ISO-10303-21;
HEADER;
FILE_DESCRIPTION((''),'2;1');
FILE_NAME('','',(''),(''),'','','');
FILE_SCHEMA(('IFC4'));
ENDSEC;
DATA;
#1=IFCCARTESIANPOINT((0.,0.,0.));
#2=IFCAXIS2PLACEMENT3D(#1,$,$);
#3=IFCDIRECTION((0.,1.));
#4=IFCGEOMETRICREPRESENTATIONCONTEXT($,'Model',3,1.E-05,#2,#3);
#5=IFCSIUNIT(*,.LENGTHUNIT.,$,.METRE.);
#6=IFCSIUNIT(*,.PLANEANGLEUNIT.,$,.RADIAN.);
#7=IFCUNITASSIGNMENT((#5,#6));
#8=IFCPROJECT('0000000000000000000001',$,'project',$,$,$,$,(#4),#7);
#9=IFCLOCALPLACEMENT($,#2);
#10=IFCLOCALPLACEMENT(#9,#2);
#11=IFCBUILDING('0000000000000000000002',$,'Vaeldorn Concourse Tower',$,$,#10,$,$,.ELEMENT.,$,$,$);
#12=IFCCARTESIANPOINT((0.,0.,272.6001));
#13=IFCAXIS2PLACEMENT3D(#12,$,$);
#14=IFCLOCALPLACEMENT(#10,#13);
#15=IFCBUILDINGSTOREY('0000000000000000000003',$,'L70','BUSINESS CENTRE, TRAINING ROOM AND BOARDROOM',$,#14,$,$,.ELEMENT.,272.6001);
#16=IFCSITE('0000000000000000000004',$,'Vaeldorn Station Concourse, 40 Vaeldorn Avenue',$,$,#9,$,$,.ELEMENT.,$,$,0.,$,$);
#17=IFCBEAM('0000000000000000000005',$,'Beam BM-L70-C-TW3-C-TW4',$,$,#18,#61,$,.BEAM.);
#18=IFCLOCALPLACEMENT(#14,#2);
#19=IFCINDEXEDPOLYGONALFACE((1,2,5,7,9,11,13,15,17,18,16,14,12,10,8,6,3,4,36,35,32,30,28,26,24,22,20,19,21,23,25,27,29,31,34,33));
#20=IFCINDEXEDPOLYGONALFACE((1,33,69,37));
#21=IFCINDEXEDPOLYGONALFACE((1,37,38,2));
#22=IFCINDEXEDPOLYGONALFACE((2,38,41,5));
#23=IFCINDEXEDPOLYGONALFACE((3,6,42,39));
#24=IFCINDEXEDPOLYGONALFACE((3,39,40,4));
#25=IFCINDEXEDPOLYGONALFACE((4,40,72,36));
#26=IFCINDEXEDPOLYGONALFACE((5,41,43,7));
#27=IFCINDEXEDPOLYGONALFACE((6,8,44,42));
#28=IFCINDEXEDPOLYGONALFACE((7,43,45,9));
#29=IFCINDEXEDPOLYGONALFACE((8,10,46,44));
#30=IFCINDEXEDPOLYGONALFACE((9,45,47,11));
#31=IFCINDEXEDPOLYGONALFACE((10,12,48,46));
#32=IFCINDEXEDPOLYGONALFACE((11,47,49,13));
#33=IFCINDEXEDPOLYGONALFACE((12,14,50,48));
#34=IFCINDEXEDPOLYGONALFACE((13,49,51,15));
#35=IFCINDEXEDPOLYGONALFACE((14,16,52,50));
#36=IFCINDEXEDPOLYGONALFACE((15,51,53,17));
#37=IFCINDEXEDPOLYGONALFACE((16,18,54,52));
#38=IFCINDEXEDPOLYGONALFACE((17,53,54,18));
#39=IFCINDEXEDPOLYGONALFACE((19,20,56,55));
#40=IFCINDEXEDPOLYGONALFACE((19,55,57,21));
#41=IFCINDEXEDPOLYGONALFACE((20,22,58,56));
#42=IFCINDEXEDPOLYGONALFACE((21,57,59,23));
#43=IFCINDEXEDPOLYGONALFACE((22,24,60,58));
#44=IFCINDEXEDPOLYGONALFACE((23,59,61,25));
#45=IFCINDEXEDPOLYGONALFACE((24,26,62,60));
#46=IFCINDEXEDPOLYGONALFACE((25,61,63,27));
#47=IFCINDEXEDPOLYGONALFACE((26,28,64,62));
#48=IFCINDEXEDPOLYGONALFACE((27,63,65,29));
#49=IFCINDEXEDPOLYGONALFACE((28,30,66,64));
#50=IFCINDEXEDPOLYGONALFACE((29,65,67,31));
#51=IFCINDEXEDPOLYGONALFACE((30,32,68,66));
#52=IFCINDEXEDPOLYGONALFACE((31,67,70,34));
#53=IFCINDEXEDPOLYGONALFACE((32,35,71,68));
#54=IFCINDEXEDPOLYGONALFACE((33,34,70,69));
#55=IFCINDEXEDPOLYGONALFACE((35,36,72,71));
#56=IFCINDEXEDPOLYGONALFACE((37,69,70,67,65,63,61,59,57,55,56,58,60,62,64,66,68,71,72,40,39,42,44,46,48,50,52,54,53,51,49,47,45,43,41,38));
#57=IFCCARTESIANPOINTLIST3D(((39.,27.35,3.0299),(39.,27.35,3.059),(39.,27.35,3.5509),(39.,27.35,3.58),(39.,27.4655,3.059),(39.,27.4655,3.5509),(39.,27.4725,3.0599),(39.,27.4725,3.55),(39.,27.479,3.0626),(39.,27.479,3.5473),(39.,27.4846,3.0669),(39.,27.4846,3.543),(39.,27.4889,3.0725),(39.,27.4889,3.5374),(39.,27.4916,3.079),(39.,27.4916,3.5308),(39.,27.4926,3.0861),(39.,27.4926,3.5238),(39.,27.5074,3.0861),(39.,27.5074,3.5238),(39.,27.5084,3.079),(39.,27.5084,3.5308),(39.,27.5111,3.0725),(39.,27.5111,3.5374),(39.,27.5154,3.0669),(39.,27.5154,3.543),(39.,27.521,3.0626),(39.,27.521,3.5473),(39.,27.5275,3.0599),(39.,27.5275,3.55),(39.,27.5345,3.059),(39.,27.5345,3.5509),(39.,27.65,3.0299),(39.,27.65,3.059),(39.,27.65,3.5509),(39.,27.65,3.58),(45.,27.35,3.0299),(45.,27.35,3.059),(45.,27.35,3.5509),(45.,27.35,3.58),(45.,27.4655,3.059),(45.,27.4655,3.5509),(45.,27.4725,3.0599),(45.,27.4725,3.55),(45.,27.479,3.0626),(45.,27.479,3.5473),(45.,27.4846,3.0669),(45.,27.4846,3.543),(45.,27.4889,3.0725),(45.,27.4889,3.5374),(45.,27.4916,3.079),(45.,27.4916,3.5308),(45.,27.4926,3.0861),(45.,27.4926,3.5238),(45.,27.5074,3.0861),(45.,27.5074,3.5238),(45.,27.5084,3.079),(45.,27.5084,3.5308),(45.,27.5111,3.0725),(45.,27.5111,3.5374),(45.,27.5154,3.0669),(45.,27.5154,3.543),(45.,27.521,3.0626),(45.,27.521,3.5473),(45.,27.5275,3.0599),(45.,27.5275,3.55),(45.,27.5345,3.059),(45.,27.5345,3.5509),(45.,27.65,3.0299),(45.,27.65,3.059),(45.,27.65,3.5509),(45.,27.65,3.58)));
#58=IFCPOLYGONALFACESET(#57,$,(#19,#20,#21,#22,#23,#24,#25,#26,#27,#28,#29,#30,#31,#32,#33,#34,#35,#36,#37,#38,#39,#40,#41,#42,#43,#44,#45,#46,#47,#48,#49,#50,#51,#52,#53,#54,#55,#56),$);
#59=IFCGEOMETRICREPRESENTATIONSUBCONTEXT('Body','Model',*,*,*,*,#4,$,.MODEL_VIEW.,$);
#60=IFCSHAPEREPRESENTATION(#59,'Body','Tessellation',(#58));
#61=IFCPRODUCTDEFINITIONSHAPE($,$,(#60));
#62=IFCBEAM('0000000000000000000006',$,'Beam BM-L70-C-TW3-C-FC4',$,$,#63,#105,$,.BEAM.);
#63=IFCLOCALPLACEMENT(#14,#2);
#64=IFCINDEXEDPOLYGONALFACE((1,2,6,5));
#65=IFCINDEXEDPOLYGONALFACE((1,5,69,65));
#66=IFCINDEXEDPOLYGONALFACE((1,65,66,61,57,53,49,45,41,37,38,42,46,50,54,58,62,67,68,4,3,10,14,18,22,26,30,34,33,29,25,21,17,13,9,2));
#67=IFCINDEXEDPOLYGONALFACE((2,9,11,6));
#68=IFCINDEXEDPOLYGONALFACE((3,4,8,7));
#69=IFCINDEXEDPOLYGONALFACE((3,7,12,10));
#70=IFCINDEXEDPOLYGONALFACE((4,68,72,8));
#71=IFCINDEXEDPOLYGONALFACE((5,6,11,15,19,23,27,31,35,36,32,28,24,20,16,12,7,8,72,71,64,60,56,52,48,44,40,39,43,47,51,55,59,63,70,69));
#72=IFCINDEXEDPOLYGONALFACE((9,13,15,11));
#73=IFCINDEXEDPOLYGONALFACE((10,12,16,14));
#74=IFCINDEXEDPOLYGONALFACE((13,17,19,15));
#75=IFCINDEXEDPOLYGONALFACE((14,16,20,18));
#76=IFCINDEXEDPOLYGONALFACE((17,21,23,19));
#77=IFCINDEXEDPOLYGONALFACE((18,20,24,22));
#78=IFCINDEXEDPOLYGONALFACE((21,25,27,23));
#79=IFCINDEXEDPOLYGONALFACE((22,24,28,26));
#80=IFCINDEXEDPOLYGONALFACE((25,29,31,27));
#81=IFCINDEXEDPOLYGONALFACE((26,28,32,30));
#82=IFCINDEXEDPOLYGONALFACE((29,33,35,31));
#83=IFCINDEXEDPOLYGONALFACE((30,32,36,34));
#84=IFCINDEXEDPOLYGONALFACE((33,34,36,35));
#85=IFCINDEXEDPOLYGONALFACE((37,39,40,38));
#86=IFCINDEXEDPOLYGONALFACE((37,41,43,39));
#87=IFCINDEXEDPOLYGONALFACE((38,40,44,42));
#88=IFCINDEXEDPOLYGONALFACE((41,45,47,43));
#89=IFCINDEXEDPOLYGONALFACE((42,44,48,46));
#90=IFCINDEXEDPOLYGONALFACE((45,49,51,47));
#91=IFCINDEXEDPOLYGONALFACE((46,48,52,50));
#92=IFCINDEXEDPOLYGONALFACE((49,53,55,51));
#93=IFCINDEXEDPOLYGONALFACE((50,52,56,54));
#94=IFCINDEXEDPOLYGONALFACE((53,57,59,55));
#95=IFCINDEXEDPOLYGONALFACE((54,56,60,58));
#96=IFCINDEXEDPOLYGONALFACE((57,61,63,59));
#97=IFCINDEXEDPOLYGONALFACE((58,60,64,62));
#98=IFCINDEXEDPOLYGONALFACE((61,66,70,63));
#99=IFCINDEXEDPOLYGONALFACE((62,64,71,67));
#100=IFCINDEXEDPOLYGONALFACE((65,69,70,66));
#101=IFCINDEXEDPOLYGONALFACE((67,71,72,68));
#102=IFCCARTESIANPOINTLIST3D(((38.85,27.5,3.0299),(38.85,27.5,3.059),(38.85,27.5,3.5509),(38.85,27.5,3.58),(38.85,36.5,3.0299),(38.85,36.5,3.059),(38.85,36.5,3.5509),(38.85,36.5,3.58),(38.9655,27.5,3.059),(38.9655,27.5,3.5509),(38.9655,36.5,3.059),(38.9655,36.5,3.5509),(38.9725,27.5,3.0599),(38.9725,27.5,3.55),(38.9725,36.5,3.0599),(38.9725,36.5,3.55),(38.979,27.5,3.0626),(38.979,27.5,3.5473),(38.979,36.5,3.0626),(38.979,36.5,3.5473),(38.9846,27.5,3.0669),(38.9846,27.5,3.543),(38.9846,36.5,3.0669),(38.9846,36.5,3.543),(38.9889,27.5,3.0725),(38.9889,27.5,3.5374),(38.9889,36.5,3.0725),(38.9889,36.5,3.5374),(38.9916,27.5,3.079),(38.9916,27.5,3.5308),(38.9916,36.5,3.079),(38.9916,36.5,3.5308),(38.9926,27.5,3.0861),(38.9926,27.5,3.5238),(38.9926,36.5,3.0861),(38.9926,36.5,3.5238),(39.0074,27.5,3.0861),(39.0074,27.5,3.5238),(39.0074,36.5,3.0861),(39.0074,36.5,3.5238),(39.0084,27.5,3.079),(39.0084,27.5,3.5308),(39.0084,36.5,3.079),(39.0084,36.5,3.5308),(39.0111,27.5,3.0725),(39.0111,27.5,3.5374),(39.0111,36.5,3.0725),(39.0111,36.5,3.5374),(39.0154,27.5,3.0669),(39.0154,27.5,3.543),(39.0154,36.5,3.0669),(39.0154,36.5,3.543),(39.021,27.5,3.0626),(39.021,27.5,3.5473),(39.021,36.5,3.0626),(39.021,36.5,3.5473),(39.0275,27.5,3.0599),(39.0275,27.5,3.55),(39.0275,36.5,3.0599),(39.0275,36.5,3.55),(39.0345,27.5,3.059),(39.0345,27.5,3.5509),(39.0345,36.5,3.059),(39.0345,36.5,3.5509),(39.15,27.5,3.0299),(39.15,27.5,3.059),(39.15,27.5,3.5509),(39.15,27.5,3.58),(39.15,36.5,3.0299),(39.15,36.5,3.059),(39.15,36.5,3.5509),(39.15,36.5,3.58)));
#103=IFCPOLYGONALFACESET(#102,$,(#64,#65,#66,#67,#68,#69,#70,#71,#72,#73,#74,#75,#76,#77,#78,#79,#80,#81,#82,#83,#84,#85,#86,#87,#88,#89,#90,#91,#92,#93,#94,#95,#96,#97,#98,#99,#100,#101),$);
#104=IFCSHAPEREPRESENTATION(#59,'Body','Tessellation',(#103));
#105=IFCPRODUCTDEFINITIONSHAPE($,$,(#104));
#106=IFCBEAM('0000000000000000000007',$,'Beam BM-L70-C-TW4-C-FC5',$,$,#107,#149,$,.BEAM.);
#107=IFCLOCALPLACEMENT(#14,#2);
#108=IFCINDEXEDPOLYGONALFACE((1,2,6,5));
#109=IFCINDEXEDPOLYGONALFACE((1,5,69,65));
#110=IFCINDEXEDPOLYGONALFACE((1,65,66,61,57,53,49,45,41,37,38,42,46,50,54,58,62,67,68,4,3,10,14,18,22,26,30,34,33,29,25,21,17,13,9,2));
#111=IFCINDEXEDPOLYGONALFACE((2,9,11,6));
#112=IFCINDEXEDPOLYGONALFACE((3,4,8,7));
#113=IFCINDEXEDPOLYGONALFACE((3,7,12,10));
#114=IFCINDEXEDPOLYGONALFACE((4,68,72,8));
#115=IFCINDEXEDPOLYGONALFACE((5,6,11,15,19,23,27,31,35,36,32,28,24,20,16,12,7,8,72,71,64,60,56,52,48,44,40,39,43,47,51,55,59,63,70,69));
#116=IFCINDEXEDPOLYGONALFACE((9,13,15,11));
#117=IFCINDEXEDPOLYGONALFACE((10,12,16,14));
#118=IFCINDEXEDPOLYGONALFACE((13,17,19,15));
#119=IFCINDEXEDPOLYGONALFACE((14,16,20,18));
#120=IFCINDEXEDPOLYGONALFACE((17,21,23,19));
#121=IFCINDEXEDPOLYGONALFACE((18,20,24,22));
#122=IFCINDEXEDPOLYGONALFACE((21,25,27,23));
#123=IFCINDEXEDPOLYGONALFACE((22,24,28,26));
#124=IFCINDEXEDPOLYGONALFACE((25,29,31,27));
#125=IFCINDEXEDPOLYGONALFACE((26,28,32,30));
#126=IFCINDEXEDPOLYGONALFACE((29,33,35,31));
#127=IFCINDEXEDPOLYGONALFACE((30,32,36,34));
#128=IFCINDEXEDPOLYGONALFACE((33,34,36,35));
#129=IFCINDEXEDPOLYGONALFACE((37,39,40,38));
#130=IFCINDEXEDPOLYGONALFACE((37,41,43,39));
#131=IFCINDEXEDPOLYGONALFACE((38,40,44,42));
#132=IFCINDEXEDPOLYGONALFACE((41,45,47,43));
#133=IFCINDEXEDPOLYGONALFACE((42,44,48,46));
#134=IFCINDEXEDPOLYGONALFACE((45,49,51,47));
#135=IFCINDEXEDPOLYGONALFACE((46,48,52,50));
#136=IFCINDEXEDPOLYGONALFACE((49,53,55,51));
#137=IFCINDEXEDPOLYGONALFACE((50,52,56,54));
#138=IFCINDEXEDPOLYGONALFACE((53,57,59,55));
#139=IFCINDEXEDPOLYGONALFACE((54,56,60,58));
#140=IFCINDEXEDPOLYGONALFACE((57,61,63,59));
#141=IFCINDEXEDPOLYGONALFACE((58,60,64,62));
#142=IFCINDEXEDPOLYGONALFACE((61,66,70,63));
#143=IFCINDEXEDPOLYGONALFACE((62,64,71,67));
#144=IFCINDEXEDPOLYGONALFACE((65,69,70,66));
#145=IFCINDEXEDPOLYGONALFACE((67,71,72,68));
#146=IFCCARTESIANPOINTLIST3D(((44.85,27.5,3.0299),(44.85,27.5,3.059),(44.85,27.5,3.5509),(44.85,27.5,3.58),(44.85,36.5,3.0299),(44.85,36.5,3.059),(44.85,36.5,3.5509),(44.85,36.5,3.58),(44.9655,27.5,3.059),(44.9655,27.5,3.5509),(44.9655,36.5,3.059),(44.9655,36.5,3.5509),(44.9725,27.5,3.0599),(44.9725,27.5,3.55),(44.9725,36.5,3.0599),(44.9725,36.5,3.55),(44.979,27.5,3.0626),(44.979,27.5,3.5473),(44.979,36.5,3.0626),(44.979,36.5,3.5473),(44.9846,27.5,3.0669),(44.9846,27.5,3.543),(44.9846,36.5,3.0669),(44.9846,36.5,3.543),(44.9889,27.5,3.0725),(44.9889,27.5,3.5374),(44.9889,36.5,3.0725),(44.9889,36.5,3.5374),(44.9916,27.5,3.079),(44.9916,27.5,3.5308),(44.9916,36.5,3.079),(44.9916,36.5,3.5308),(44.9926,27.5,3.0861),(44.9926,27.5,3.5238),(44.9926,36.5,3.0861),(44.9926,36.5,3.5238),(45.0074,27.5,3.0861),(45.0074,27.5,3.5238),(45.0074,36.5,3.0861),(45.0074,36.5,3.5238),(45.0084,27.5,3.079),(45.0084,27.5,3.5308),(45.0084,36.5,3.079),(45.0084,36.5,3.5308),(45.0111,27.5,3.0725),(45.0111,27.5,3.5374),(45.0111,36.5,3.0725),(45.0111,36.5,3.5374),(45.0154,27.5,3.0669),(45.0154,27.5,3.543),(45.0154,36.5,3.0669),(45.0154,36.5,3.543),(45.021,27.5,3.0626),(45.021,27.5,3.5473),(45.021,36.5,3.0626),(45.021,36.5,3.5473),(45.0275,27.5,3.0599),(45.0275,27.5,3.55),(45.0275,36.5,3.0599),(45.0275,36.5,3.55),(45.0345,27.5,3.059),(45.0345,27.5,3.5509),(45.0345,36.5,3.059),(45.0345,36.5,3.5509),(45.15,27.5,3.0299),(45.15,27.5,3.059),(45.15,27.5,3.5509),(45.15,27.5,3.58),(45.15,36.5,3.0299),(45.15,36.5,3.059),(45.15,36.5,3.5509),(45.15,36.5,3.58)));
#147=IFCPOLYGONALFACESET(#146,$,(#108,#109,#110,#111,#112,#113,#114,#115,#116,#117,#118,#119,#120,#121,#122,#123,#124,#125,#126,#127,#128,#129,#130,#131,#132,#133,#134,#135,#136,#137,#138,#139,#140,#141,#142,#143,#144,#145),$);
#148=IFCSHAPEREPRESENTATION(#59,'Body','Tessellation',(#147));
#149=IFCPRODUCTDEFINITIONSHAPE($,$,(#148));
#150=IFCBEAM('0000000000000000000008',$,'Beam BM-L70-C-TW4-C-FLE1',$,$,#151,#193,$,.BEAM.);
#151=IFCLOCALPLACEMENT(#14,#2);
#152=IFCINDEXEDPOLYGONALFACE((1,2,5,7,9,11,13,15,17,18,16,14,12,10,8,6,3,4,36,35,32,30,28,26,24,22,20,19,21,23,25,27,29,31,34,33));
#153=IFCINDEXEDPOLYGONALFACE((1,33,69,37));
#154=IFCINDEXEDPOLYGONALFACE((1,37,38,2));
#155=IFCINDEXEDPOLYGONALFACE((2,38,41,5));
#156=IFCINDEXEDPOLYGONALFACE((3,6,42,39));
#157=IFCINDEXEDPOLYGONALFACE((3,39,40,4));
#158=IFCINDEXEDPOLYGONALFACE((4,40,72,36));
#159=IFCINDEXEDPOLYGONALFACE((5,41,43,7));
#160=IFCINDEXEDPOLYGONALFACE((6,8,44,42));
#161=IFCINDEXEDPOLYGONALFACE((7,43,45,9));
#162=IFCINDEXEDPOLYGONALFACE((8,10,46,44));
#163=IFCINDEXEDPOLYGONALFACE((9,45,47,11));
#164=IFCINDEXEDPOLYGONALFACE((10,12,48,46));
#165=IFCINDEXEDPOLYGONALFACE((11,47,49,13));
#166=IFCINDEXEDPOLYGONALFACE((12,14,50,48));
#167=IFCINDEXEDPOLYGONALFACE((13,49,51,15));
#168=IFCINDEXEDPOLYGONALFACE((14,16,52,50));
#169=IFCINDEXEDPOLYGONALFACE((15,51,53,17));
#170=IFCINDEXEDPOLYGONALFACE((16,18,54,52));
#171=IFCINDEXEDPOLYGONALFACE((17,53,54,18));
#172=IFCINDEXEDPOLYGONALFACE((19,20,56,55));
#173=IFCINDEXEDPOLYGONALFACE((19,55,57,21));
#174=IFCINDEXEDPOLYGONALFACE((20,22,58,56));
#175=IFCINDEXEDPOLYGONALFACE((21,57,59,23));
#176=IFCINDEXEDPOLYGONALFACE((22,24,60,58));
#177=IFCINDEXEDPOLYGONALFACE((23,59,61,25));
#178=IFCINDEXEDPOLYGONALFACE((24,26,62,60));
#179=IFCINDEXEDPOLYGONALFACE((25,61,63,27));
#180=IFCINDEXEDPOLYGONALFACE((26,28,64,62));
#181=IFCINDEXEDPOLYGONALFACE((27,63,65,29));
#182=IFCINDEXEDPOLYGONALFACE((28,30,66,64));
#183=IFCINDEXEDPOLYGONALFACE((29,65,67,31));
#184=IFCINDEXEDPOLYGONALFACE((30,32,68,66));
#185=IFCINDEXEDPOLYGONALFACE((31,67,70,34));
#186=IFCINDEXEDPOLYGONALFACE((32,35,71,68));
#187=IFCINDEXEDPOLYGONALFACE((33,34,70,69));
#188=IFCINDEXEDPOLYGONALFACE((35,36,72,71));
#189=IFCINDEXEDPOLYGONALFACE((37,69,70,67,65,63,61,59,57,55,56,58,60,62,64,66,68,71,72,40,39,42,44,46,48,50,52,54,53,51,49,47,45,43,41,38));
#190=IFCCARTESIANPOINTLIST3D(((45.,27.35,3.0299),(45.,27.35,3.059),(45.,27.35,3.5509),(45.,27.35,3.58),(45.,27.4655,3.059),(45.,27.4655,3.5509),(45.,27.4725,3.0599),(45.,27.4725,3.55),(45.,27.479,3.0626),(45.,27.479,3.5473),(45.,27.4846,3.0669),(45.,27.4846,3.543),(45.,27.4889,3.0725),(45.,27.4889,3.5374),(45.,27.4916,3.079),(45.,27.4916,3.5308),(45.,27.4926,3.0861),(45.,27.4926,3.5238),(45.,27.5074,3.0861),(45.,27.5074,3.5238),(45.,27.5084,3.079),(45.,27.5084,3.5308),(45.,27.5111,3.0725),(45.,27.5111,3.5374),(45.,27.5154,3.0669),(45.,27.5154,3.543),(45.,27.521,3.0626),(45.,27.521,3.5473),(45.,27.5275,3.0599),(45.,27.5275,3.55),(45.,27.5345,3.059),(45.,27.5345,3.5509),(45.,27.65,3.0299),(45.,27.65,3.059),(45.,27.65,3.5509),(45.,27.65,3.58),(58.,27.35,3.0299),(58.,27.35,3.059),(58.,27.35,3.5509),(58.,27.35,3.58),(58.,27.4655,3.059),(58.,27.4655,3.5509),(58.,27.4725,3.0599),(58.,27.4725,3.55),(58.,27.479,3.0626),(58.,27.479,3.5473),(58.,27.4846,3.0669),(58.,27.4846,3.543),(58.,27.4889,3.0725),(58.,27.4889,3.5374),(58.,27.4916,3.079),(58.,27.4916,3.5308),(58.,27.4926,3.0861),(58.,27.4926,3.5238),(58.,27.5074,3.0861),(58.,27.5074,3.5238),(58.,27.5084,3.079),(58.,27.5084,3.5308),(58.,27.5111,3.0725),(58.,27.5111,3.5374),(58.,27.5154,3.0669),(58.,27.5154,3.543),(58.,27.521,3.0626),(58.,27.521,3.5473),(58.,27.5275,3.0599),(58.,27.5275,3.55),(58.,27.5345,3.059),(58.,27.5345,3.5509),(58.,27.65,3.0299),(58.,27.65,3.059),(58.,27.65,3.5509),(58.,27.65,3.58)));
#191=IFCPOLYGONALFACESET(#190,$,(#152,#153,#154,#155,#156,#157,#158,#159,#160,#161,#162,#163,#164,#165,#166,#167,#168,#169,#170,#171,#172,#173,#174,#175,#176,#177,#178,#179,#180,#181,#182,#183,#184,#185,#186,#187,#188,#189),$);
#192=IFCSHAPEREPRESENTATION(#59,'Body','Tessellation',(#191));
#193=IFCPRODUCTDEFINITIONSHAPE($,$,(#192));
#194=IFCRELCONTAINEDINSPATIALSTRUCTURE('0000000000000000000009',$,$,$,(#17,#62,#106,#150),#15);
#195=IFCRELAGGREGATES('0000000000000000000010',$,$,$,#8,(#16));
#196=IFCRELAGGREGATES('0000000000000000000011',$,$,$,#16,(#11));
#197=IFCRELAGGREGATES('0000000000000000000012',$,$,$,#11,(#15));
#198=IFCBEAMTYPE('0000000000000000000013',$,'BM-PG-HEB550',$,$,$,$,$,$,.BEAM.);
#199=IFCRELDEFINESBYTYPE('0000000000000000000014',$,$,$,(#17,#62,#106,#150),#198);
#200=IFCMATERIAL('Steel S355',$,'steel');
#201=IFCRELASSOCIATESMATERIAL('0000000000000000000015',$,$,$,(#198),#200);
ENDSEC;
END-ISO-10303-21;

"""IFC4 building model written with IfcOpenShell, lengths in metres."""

from ifc_helpers import new_model, si_unit, direction, frame, origin, origin_2d, place, context, subcontext, project, spatial, i_section, extrude, source, transform, mapped, material, material_profile, profile_set, type_object, element, save


model = new_model("IFC4")

# Units and contexts
model_context = context("Model", 3, precision=1e-05, world=origin(), true_north=direction((0.0, 1.0)))
body_context = subcontext(model_context, "Body", "Model", "MODEL_VIEW")
ifc_project = project(units=[si_unit("LENGTHUNIT", "METRE"), si_unit("PLANEANGLEUNIT", "RADIAN")], contexts=[model_context])

# Site, building, storey
site_placement = place(None, origin())
site = spatial("IfcSite", under=ifc_project, at=site_placement, Name="Vaeldorn Station Concourse, 40 Vaeldorn Avenue", CompositionType="ELEMENT", RefElevation=0.0)
building_placement = place(site_placement, origin())
building = spatial("IfcBuilding", under=site, at=building_placement, Name="Vaeldorn Concourse Tower", CompositionType="ELEMENT")
storey_placement = place(building_placement, frame((0.0, 0.0, 272.6001)))
storey = spatial("IfcBuildingStorey", under=building, at=storey_placement, Name="L70", Description="BUSINESS CENTRE, TRAINING ROOM AND BOARDROOM", CompositionType="ELEMENT", Elevation=272.6001)

# Shared definitions
ifc_material_1 = material(Name="Steel S355", Category="steel")

# Beams
ifc_material_profile_1 = material_profile(ifc_material_1, i_section(OverallWidth=0.3, OverallDepth=0.55, WebThickness=0.0149, FlangeThickness=0.0291, FilletRadius=0.0271, at=origin_2d()), Name="HEB 550")
ifc_profile_set_1 = profile_set([ifc_material_profile_1], Name="Steel S355")
beam_type_1 = type_object("IfcBeamType", Name="BM-PG-HEB550", PredefinedType="BEAM", material=ifc_profile_set_1)
shared_shape_1 = source(origin(), body_context, "Body", "SweptSolid", [
    extrude(i_section(OverallWidth=0.3, OverallDepth=0.55, WebThickness=0.0149, FlangeThickness=0.0291, FilletRadius=0.0271, at=origin_2d()), origin(), (0.0, 0.0, 1.0), 6.0),
])
beam_1_placement = place(storey_placement, frame((39.0, 27.5, 3.3049), z_axis=(1.0, 0.0, 0.0), x_axis=(0.0, 1.0, 0.0)))
element("IfcBeam", 1, at=beam_1_placement, inside=storey, type_object=beam_type_1, Name="Beam BM-L70-C-TW3-C-TW4", PredefinedType="BEAM", context=body_context, shape_type="MappedRepresentation", body=[
    mapped(shared_shape_1, transform((0.0, 0.0, 0.0), scale=1.0)),
])
shared_shape_2 = source(origin(), body_context, "Body", "SweptSolid", [
    extrude(i_section(OverallWidth=0.3, OverallDepth=0.55, WebThickness=0.0149, FlangeThickness=0.0291, FilletRadius=0.0271, at=origin_2d()), origin(), (0.0, 0.0, 1.0), 9.0),
])
for number, where, z_axis, x_axis, name in (
    (2, (39.0, 27.5, 3.3049), (0.0, 1.0, 0.0), (-1.0, 0.0, 0.0), "Beam BM-L70-C-TW3-C-FC4"),
    (3, (45.0, 27.5, 3.3049), (0.0, 1.0, 0.0), (-1.0, 0.0, 0.0), "Beam BM-L70-C-TW4-C-FC5"),
):
    element("IfcBeam", number, at=place(storey_placement, frame(where, z_axis=z_axis, x_axis=x_axis)), inside=storey, type_object=beam_type_1, Name=name, PredefinedType="BEAM", context=body_context, shape_type="MappedRepresentation", body=[
        mapped(shared_shape_2, transform((0.0, 0.0, 0.0), scale=1.0)),
    ])
shared_shape_3 = source(origin(), body_context, "Body", "SweptSolid", [
    extrude(i_section(OverallWidth=0.3, OverallDepth=0.55, WebThickness=0.0149, FlangeThickness=0.0291, FilletRadius=0.0271, at=origin_2d()), origin(), (0.0, 0.0, 1.0), 13.0),
])
beam_2_placement = place(storey_placement, frame((45.0, 27.5, 3.3049), z_axis=(1.0, 0.0, 0.0), x_axis=(0.0, 1.0, 0.0)))
element("IfcBeam", 4, at=beam_2_placement, inside=storey, type_object=beam_type_1, Name="Beam BM-L70-C-TW4-C-FLE1", PredefinedType="BEAM", context=body_context, shape_type="MappedRepresentation", body=[
    mapped(shared_shape_3, transform((0.0, 0.0, 0.0), scale=1.0)),
])

save(model, "model.ifc")
